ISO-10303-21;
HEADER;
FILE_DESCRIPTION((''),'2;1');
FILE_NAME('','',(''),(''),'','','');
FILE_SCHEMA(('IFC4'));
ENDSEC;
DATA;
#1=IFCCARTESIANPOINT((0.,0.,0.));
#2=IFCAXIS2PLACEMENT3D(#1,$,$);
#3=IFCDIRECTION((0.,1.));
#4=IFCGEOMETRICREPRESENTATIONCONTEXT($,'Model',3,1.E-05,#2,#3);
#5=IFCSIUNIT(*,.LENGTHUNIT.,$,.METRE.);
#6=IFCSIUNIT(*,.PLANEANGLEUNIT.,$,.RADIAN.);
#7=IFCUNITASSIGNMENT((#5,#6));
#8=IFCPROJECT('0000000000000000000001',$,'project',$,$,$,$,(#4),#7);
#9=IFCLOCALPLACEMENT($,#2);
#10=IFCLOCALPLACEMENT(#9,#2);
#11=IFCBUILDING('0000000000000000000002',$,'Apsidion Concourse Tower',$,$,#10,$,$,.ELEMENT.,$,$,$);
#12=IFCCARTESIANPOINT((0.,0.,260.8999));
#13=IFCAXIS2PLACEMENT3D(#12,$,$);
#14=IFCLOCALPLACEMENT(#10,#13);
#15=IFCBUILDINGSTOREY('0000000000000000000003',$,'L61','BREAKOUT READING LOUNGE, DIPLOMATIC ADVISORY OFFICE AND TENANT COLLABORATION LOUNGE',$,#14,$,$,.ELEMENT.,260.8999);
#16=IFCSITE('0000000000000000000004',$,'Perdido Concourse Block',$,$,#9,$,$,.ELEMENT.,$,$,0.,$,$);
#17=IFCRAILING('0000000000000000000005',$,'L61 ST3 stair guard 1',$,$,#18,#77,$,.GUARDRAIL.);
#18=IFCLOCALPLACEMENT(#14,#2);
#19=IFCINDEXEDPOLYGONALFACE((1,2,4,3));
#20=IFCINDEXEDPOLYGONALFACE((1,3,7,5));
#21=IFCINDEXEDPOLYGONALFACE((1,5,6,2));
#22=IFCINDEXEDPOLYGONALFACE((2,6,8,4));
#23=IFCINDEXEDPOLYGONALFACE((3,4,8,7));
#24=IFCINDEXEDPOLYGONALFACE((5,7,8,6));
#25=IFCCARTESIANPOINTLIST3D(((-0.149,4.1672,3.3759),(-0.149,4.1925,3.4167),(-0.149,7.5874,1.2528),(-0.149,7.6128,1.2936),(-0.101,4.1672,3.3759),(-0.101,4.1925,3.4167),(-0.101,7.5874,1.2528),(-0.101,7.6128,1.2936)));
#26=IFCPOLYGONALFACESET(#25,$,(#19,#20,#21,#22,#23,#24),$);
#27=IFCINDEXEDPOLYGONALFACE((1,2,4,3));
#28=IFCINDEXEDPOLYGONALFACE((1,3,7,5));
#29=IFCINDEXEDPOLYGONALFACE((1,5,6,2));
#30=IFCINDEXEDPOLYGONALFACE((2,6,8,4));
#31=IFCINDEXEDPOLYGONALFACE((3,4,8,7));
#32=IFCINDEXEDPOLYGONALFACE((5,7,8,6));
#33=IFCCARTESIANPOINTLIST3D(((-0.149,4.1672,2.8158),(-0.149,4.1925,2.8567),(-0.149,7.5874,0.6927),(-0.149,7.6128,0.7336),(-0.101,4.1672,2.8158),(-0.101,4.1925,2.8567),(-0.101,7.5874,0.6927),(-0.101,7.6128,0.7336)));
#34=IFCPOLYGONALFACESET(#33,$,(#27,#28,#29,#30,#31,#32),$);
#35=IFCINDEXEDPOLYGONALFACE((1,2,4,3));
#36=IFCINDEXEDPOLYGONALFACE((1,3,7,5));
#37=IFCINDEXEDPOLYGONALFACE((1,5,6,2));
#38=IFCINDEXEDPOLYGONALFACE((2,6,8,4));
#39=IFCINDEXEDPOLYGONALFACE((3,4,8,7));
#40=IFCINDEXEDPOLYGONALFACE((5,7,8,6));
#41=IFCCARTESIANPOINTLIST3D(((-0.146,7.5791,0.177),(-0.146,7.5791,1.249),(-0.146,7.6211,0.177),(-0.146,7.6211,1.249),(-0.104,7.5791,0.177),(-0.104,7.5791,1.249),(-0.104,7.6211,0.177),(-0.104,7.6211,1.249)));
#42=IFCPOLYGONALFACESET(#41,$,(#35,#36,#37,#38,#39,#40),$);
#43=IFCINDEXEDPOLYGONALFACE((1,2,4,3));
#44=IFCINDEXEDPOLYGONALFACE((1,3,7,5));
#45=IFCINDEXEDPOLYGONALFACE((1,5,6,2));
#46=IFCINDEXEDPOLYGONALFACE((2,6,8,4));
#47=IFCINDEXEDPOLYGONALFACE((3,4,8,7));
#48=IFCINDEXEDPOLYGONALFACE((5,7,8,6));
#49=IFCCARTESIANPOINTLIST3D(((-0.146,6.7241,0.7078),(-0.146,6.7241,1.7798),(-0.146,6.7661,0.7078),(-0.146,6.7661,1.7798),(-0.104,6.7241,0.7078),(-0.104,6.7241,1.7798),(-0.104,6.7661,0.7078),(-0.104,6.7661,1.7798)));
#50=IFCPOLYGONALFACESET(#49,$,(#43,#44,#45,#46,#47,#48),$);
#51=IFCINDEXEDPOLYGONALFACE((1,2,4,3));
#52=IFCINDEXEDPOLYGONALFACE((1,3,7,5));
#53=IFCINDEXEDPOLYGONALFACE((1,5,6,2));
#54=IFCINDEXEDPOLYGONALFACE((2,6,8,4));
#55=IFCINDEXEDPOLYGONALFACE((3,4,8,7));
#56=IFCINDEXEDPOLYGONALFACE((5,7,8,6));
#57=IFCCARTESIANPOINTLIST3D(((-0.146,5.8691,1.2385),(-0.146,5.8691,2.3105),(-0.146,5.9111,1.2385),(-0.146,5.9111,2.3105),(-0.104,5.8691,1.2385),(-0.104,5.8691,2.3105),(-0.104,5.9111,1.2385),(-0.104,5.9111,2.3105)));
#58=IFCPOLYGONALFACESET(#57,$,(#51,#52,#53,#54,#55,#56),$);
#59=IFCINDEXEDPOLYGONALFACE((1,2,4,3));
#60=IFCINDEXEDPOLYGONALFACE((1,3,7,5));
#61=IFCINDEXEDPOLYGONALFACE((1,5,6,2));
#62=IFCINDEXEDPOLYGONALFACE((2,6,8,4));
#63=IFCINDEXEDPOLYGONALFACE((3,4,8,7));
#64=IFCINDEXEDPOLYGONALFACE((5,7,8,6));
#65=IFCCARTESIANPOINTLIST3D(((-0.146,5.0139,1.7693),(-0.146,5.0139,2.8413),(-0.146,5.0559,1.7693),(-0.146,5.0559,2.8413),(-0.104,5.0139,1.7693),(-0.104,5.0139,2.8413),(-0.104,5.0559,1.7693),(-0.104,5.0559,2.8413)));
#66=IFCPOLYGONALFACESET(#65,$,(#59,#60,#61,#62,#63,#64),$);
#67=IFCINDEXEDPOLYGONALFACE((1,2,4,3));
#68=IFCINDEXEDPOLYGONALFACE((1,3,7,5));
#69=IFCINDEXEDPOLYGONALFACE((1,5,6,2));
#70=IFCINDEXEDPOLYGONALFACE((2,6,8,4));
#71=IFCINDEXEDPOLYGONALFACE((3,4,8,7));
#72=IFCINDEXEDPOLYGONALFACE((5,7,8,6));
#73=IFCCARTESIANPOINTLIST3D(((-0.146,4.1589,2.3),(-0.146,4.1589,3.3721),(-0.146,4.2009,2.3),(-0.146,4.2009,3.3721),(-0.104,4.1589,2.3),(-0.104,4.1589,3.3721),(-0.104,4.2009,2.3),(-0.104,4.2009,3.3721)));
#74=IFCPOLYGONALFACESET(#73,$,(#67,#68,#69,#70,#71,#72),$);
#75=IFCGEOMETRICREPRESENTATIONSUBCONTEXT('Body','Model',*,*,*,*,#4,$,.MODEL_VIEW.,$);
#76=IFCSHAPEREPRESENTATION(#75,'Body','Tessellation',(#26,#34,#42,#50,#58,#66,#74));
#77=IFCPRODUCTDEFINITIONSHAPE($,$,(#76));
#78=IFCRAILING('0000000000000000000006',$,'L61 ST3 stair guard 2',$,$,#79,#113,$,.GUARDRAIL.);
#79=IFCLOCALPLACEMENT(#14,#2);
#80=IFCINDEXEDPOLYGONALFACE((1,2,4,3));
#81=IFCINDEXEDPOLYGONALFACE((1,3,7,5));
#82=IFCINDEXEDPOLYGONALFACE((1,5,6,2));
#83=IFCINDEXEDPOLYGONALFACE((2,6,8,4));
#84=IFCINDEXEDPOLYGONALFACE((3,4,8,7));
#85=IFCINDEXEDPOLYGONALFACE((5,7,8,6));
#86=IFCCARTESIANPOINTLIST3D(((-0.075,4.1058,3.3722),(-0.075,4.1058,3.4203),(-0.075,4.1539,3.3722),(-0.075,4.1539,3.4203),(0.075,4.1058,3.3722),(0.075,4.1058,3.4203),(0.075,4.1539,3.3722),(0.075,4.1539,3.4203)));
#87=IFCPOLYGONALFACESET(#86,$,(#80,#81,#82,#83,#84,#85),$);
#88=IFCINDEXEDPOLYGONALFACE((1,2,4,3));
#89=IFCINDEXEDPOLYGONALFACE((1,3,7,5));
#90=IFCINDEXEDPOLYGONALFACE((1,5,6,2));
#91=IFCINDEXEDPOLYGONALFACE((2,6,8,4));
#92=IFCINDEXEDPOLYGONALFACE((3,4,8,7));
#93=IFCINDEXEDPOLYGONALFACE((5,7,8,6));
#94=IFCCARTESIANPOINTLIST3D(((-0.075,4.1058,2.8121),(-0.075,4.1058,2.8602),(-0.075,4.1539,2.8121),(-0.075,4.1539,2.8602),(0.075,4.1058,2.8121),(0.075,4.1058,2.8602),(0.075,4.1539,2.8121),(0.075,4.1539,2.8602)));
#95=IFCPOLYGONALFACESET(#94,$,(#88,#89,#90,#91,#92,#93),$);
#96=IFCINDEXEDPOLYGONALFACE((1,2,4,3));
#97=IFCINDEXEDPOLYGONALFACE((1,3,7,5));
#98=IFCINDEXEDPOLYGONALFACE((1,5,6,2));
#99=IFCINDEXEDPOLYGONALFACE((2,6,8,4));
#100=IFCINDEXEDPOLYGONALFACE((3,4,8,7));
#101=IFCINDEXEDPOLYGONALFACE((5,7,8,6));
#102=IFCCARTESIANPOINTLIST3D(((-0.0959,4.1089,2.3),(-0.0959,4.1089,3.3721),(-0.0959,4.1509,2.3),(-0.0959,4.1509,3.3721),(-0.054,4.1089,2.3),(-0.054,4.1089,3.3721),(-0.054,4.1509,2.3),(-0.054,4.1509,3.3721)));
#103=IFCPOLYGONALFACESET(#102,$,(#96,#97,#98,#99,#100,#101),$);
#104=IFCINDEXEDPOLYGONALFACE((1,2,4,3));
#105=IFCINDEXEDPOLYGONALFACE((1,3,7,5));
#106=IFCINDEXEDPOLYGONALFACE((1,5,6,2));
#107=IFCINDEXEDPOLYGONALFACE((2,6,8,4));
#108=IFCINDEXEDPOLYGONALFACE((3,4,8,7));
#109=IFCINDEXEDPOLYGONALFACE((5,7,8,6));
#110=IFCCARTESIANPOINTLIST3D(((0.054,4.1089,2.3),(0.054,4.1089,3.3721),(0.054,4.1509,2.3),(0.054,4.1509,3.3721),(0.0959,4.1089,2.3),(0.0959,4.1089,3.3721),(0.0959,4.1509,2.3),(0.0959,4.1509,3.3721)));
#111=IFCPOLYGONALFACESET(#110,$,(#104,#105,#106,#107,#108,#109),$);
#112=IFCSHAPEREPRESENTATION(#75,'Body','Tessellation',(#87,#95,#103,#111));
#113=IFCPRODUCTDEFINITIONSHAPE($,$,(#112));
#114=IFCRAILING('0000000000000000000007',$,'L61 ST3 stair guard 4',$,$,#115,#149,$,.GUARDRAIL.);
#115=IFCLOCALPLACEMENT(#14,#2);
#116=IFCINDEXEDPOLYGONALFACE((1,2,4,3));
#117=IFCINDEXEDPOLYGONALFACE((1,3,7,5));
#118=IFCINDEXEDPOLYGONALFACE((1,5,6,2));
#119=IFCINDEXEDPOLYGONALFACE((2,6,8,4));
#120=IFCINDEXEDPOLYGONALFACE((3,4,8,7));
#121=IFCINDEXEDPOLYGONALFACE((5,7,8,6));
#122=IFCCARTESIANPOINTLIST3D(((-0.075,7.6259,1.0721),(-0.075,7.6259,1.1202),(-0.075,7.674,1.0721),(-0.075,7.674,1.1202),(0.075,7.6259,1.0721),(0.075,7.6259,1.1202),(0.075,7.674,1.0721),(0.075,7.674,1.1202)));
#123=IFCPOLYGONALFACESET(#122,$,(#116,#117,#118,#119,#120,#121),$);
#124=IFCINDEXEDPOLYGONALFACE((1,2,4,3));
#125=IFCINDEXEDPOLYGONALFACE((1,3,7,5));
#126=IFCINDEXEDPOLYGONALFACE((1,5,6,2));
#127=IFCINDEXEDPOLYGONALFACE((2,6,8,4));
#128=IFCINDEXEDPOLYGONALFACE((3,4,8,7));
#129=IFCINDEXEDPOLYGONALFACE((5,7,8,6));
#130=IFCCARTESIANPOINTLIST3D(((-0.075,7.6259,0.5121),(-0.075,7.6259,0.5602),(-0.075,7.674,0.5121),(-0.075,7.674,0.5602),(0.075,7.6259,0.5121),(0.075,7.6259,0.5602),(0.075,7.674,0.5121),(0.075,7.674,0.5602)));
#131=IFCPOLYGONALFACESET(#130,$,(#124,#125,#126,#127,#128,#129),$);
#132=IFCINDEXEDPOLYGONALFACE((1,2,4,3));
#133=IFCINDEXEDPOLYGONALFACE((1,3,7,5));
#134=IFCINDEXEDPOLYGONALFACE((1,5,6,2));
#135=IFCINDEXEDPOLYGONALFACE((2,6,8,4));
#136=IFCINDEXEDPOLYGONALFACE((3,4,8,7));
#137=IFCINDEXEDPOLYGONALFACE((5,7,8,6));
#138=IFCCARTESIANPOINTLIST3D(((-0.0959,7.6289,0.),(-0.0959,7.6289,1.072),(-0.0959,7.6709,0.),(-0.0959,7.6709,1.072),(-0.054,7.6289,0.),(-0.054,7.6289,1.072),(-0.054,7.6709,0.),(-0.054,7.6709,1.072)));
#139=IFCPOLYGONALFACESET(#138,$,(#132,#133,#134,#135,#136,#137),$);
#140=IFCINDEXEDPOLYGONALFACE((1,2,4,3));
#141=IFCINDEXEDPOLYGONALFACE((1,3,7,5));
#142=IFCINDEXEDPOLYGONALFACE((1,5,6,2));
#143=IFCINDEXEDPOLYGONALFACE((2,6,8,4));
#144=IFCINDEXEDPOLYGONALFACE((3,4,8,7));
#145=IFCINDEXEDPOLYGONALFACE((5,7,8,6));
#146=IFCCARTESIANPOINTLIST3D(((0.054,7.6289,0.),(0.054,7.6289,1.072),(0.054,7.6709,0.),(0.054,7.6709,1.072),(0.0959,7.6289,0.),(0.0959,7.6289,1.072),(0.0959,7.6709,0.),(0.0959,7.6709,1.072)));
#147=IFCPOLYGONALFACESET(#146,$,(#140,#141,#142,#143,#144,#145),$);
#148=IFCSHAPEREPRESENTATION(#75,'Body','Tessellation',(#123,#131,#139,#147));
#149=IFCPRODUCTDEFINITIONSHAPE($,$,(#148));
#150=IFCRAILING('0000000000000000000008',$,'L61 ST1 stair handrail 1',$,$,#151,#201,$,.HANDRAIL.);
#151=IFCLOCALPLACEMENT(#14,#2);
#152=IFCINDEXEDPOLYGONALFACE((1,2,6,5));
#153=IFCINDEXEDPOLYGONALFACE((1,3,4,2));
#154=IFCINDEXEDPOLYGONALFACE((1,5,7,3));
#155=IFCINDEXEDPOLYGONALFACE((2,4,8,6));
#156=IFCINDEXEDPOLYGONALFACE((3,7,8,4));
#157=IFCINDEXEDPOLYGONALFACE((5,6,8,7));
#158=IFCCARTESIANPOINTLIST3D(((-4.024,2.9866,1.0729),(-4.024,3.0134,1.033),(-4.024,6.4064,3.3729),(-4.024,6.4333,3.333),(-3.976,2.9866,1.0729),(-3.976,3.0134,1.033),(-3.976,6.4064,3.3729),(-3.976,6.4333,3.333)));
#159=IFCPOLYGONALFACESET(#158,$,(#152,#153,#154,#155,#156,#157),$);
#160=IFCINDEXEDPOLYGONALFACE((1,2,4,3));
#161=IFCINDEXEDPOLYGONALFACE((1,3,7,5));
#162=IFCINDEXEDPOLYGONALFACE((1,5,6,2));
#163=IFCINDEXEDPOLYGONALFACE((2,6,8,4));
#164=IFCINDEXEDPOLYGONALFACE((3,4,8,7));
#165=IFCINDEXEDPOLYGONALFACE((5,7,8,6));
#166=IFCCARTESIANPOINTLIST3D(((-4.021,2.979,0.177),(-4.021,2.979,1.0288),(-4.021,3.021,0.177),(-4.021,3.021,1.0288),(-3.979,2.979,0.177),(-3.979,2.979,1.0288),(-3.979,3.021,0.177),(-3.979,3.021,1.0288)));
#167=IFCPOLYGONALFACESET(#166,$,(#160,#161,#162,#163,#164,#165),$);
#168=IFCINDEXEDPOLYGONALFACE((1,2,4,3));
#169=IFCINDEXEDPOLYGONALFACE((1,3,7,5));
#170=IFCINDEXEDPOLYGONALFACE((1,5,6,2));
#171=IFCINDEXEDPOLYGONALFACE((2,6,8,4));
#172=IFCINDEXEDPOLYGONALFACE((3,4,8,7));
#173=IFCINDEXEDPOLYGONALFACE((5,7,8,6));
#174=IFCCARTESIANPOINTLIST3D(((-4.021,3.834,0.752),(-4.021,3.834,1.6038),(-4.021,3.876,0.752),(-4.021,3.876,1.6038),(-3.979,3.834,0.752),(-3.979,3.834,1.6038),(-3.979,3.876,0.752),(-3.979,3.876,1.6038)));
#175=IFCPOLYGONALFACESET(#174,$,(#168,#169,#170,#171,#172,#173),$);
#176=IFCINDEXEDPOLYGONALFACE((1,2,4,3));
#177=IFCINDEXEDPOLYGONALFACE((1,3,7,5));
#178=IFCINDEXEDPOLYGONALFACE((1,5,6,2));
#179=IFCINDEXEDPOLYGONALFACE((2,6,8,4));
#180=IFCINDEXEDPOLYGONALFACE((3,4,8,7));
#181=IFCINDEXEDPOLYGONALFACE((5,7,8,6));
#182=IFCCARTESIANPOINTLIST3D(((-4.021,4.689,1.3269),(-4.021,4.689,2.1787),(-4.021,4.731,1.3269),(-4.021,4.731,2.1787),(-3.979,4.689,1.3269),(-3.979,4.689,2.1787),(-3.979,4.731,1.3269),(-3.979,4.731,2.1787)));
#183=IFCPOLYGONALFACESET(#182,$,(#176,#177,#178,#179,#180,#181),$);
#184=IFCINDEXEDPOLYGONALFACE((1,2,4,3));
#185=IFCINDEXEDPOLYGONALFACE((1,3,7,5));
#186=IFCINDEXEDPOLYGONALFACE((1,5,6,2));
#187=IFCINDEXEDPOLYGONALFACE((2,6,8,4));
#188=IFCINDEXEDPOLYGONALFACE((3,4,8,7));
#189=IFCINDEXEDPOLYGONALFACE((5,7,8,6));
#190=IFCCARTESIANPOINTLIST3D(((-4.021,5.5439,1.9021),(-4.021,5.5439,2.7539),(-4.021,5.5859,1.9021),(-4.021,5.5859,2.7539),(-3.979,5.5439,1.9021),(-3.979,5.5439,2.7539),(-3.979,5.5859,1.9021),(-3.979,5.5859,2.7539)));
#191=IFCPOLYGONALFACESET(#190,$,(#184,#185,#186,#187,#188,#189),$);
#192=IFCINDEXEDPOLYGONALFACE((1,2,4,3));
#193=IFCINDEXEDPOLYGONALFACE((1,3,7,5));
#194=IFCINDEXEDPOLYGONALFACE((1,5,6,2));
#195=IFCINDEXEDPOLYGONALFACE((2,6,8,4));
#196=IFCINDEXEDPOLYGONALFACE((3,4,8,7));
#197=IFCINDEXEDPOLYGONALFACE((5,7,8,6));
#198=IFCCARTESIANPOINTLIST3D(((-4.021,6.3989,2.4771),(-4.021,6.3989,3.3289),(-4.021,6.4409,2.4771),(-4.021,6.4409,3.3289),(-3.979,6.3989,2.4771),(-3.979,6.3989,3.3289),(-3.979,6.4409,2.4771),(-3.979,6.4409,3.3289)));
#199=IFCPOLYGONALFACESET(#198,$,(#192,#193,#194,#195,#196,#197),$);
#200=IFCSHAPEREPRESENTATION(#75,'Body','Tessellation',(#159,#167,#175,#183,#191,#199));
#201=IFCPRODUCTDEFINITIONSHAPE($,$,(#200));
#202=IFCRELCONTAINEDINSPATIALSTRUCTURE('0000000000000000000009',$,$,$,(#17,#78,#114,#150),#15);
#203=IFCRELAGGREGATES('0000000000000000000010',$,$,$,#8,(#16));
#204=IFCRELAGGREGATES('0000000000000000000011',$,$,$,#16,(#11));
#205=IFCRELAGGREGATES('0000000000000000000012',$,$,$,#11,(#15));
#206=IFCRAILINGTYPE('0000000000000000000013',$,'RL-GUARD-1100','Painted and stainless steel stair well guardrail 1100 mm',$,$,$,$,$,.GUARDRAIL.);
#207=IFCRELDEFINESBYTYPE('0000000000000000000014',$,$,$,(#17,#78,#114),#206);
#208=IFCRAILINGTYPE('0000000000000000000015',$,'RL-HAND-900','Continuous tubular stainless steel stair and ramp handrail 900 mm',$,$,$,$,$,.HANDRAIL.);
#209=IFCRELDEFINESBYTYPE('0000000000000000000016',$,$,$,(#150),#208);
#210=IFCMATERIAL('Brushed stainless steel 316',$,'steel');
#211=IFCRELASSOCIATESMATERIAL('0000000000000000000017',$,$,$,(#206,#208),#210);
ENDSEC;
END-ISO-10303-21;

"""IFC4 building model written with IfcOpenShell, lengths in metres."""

from ifc_helpers import new_model, si_unit, direction, frame, origin, origin_2d, place, context, subcontext, project, spatial, rectangle, extrude, material, type_object, element, save


model = new_model("IFC4")

# Units and contexts
model_context = context("Model", 3, precision=1e-05, world=origin(), true_north=direction((0.0, 1.0)))
body_context = subcontext(model_context, "Body", "Model", "MODEL_VIEW")
ifc_project = project(units=[si_unit("LENGTHUNIT", "METRE"), si_unit("PLANEANGLEUNIT", "RADIAN")], contexts=[model_context])

# Site, building, storey
site_placement = place(None, origin())
site = spatial("IfcSite", under=ifc_project, at=site_placement, Name="Perdido Concourse Block", CompositionType="ELEMENT", RefElevation=0.0)
building_placement = place(site_placement, origin())
building = spatial("IfcBuilding", under=site, at=building_placement, Name="Apsidion Concourse Tower", CompositionType="ELEMENT")
storey_placement = place(building_placement, frame((0.0, 0.0, 260.8999)))
storey = spatial("IfcBuildingStorey", under=building, at=storey_placement, Name="L61", Description="BREAKOUT READING LOUNGE, DIPLOMATIC ADVISORY OFFICE AND TENANT COLLABORATION LOUNGE", CompositionType="ELEMENT", Elevation=260.8999)

# Shared definitions
ifc_material_1 = material(Name="Brushed stainless steel 316", Category="steel")

# Railings
railing_type_1 = type_object("IfcRailingType", Name="RL-GUARD-1100", Description="Painted and stainless steel stair well guardrail 1100 mm", PredefinedType="GUARDRAIL", material=ifc_material_1)
railing_1_placement = place(storey_placement, frame((-0.125, 7.6001, 0.177)))
element("IfcRailing", 1, at=railing_1_placement, inside=storey, type_object=railing_type_1, Name="L61 ST3 stair guard 1", PredefinedType="GUARDRAIL", context=body_context, shape_type="SweptSolid", body=[
    extrude(rectangle(XDim=0.0481, YDim=0.0481, at=origin_2d()), frame((0.0, 0.0, 1.0962), z_axis=(0.0, -0.84962, 0.527396), x_axis=(1.0, 0.0, 0.0)), (0.0, 0.0, 1.0), 4.0256),
    extrude(rectangle(XDim=0.0481, YDim=0.0481, at=origin_2d()), frame((0.0, 0.0, 0.5361), z_axis=(0.0, -0.84962, 0.527396), x_axis=(1.0, 0.0, 0.0)), (0.0, 0.0, 1.0), 4.0256),
    extrude(rectangle(XDim=0.042, YDim=0.042, at=origin_2d()), origin(), (0.0, 0.0, 1.0), 1.072),
    extrude(rectangle(XDim=0.042, YDim=0.042, at=origin_2d()), frame((0.0, -0.855, 0.5308)), (0.0, 0.0, 1.0), 1.072),
    extrude(rectangle(XDim=0.042, YDim=0.042, at=origin_2d()), frame((0.0, -1.71, 1.0615)), (0.0, 0.0, 1.0), 1.072),
    extrude(rectangle(XDim=0.042, YDim=0.042, at=origin_2d()), frame((0.0, -2.5652, 1.5923)), (0.0, 0.0, 1.0), 1.072),
    extrude(rectangle(XDim=0.042, YDim=0.042, at=origin_2d()), frame((0.0, -3.4202, 2.123)), (0.0, 0.0, 1.0), 1.072),
])
for number, where, name in (
    (2, (-0.075, 4.1299, 2.3), "L61 ST3 stair guard 2"),
    (3, (-0.075, 7.6499, 0.0), "L61 ST3 stair guard 4"),
):
    element("IfcRailing", number, at=place(storey_placement, frame(where)), inside=storey, type_object=railing_type_1, Name=name, PredefinedType="GUARDRAIL", context=body_context, shape_type="SweptSolid", body=[
        extrude(rectangle(XDim=0.0481, YDim=0.0481, at=origin_2d()), frame((0.0, 0.0, 1.0962), z_axis=(1.0, 0.0, 0.0), x_axis=(0.0, 1.0, 0.0)), (0.0, 0.0, 1.0), 0.1499),
        extrude(rectangle(XDim=0.0481, YDim=0.0481, at=origin_2d()), frame((0.0, 0.0, 0.5361), z_axis=(1.0, 0.0, 0.0), x_axis=(0.0, 1.0, 0.0)), (0.0, 0.0, 1.0), 0.1499),
        extrude(rectangle(XDim=0.042, YDim=0.042, at=origin_2d()), origin(), (0.0, 0.0, 1.0), 1.072),
        extrude(rectangle(XDim=0.042, YDim=0.042, at=origin_2d()), frame((0.1499, 0.0, 0.0)), (0.0, 0.0, 1.0), 1.072),
    ])
railing_type_2 = type_object("IfcRailingType", Name="RL-HAND-900", Description="Continuous tubular stainless steel stair and ramp handrail 900 mm", PredefinedType="HANDRAIL", material=ifc_material_1)
railing_2_placement = place(storey_placement, frame((-4.0, 3.0, 0.177)))
element("IfcRailing", 4, at=railing_2_placement, inside=storey, type_object=railing_type_2, Name="L61 ST1 stair handrail 1", PredefinedType="HANDRAIL", context=body_context, shape_type="SweptSolid", body=[
    extrude(rectangle(XDim=0.0481, YDim=0.0481, at=origin_2d()), frame((0.0, 0.0, 0.876), z_axis=(0.0, 0.829792, 0.558072), x_axis=(-1.0, 0.0, 0.0)), (0.0, 0.0, 1.0), 4.1213),
    extrude(rectangle(XDim=0.042, YDim=0.042, at=origin_2d()), origin(), (0.0, 0.0, 1.0), 0.8518),
    extrude(rectangle(XDim=0.042, YDim=0.042, at=origin_2d()), frame((0.0, 0.855, 0.575)), (0.0, 0.0, 1.0), 0.8518),
    extrude(rectangle(XDim=0.042, YDim=0.042, at=origin_2d()), frame((0.0, 1.71, 1.1499)), (0.0, 0.0, 1.0), 0.8518),
    extrude(rectangle(XDim=0.042, YDim=0.042, at=origin_2d()), frame((0.0, 2.5649, 1.7251)), (0.0, 0.0, 1.0), 0.8518),
    extrude(rectangle(XDim=0.042, YDim=0.042, at=origin_2d()), frame((0.0, 3.4199, 2.3)), (0.0, 0.0, 1.0), 0.8518),
])

save(model, "model.ifc")
